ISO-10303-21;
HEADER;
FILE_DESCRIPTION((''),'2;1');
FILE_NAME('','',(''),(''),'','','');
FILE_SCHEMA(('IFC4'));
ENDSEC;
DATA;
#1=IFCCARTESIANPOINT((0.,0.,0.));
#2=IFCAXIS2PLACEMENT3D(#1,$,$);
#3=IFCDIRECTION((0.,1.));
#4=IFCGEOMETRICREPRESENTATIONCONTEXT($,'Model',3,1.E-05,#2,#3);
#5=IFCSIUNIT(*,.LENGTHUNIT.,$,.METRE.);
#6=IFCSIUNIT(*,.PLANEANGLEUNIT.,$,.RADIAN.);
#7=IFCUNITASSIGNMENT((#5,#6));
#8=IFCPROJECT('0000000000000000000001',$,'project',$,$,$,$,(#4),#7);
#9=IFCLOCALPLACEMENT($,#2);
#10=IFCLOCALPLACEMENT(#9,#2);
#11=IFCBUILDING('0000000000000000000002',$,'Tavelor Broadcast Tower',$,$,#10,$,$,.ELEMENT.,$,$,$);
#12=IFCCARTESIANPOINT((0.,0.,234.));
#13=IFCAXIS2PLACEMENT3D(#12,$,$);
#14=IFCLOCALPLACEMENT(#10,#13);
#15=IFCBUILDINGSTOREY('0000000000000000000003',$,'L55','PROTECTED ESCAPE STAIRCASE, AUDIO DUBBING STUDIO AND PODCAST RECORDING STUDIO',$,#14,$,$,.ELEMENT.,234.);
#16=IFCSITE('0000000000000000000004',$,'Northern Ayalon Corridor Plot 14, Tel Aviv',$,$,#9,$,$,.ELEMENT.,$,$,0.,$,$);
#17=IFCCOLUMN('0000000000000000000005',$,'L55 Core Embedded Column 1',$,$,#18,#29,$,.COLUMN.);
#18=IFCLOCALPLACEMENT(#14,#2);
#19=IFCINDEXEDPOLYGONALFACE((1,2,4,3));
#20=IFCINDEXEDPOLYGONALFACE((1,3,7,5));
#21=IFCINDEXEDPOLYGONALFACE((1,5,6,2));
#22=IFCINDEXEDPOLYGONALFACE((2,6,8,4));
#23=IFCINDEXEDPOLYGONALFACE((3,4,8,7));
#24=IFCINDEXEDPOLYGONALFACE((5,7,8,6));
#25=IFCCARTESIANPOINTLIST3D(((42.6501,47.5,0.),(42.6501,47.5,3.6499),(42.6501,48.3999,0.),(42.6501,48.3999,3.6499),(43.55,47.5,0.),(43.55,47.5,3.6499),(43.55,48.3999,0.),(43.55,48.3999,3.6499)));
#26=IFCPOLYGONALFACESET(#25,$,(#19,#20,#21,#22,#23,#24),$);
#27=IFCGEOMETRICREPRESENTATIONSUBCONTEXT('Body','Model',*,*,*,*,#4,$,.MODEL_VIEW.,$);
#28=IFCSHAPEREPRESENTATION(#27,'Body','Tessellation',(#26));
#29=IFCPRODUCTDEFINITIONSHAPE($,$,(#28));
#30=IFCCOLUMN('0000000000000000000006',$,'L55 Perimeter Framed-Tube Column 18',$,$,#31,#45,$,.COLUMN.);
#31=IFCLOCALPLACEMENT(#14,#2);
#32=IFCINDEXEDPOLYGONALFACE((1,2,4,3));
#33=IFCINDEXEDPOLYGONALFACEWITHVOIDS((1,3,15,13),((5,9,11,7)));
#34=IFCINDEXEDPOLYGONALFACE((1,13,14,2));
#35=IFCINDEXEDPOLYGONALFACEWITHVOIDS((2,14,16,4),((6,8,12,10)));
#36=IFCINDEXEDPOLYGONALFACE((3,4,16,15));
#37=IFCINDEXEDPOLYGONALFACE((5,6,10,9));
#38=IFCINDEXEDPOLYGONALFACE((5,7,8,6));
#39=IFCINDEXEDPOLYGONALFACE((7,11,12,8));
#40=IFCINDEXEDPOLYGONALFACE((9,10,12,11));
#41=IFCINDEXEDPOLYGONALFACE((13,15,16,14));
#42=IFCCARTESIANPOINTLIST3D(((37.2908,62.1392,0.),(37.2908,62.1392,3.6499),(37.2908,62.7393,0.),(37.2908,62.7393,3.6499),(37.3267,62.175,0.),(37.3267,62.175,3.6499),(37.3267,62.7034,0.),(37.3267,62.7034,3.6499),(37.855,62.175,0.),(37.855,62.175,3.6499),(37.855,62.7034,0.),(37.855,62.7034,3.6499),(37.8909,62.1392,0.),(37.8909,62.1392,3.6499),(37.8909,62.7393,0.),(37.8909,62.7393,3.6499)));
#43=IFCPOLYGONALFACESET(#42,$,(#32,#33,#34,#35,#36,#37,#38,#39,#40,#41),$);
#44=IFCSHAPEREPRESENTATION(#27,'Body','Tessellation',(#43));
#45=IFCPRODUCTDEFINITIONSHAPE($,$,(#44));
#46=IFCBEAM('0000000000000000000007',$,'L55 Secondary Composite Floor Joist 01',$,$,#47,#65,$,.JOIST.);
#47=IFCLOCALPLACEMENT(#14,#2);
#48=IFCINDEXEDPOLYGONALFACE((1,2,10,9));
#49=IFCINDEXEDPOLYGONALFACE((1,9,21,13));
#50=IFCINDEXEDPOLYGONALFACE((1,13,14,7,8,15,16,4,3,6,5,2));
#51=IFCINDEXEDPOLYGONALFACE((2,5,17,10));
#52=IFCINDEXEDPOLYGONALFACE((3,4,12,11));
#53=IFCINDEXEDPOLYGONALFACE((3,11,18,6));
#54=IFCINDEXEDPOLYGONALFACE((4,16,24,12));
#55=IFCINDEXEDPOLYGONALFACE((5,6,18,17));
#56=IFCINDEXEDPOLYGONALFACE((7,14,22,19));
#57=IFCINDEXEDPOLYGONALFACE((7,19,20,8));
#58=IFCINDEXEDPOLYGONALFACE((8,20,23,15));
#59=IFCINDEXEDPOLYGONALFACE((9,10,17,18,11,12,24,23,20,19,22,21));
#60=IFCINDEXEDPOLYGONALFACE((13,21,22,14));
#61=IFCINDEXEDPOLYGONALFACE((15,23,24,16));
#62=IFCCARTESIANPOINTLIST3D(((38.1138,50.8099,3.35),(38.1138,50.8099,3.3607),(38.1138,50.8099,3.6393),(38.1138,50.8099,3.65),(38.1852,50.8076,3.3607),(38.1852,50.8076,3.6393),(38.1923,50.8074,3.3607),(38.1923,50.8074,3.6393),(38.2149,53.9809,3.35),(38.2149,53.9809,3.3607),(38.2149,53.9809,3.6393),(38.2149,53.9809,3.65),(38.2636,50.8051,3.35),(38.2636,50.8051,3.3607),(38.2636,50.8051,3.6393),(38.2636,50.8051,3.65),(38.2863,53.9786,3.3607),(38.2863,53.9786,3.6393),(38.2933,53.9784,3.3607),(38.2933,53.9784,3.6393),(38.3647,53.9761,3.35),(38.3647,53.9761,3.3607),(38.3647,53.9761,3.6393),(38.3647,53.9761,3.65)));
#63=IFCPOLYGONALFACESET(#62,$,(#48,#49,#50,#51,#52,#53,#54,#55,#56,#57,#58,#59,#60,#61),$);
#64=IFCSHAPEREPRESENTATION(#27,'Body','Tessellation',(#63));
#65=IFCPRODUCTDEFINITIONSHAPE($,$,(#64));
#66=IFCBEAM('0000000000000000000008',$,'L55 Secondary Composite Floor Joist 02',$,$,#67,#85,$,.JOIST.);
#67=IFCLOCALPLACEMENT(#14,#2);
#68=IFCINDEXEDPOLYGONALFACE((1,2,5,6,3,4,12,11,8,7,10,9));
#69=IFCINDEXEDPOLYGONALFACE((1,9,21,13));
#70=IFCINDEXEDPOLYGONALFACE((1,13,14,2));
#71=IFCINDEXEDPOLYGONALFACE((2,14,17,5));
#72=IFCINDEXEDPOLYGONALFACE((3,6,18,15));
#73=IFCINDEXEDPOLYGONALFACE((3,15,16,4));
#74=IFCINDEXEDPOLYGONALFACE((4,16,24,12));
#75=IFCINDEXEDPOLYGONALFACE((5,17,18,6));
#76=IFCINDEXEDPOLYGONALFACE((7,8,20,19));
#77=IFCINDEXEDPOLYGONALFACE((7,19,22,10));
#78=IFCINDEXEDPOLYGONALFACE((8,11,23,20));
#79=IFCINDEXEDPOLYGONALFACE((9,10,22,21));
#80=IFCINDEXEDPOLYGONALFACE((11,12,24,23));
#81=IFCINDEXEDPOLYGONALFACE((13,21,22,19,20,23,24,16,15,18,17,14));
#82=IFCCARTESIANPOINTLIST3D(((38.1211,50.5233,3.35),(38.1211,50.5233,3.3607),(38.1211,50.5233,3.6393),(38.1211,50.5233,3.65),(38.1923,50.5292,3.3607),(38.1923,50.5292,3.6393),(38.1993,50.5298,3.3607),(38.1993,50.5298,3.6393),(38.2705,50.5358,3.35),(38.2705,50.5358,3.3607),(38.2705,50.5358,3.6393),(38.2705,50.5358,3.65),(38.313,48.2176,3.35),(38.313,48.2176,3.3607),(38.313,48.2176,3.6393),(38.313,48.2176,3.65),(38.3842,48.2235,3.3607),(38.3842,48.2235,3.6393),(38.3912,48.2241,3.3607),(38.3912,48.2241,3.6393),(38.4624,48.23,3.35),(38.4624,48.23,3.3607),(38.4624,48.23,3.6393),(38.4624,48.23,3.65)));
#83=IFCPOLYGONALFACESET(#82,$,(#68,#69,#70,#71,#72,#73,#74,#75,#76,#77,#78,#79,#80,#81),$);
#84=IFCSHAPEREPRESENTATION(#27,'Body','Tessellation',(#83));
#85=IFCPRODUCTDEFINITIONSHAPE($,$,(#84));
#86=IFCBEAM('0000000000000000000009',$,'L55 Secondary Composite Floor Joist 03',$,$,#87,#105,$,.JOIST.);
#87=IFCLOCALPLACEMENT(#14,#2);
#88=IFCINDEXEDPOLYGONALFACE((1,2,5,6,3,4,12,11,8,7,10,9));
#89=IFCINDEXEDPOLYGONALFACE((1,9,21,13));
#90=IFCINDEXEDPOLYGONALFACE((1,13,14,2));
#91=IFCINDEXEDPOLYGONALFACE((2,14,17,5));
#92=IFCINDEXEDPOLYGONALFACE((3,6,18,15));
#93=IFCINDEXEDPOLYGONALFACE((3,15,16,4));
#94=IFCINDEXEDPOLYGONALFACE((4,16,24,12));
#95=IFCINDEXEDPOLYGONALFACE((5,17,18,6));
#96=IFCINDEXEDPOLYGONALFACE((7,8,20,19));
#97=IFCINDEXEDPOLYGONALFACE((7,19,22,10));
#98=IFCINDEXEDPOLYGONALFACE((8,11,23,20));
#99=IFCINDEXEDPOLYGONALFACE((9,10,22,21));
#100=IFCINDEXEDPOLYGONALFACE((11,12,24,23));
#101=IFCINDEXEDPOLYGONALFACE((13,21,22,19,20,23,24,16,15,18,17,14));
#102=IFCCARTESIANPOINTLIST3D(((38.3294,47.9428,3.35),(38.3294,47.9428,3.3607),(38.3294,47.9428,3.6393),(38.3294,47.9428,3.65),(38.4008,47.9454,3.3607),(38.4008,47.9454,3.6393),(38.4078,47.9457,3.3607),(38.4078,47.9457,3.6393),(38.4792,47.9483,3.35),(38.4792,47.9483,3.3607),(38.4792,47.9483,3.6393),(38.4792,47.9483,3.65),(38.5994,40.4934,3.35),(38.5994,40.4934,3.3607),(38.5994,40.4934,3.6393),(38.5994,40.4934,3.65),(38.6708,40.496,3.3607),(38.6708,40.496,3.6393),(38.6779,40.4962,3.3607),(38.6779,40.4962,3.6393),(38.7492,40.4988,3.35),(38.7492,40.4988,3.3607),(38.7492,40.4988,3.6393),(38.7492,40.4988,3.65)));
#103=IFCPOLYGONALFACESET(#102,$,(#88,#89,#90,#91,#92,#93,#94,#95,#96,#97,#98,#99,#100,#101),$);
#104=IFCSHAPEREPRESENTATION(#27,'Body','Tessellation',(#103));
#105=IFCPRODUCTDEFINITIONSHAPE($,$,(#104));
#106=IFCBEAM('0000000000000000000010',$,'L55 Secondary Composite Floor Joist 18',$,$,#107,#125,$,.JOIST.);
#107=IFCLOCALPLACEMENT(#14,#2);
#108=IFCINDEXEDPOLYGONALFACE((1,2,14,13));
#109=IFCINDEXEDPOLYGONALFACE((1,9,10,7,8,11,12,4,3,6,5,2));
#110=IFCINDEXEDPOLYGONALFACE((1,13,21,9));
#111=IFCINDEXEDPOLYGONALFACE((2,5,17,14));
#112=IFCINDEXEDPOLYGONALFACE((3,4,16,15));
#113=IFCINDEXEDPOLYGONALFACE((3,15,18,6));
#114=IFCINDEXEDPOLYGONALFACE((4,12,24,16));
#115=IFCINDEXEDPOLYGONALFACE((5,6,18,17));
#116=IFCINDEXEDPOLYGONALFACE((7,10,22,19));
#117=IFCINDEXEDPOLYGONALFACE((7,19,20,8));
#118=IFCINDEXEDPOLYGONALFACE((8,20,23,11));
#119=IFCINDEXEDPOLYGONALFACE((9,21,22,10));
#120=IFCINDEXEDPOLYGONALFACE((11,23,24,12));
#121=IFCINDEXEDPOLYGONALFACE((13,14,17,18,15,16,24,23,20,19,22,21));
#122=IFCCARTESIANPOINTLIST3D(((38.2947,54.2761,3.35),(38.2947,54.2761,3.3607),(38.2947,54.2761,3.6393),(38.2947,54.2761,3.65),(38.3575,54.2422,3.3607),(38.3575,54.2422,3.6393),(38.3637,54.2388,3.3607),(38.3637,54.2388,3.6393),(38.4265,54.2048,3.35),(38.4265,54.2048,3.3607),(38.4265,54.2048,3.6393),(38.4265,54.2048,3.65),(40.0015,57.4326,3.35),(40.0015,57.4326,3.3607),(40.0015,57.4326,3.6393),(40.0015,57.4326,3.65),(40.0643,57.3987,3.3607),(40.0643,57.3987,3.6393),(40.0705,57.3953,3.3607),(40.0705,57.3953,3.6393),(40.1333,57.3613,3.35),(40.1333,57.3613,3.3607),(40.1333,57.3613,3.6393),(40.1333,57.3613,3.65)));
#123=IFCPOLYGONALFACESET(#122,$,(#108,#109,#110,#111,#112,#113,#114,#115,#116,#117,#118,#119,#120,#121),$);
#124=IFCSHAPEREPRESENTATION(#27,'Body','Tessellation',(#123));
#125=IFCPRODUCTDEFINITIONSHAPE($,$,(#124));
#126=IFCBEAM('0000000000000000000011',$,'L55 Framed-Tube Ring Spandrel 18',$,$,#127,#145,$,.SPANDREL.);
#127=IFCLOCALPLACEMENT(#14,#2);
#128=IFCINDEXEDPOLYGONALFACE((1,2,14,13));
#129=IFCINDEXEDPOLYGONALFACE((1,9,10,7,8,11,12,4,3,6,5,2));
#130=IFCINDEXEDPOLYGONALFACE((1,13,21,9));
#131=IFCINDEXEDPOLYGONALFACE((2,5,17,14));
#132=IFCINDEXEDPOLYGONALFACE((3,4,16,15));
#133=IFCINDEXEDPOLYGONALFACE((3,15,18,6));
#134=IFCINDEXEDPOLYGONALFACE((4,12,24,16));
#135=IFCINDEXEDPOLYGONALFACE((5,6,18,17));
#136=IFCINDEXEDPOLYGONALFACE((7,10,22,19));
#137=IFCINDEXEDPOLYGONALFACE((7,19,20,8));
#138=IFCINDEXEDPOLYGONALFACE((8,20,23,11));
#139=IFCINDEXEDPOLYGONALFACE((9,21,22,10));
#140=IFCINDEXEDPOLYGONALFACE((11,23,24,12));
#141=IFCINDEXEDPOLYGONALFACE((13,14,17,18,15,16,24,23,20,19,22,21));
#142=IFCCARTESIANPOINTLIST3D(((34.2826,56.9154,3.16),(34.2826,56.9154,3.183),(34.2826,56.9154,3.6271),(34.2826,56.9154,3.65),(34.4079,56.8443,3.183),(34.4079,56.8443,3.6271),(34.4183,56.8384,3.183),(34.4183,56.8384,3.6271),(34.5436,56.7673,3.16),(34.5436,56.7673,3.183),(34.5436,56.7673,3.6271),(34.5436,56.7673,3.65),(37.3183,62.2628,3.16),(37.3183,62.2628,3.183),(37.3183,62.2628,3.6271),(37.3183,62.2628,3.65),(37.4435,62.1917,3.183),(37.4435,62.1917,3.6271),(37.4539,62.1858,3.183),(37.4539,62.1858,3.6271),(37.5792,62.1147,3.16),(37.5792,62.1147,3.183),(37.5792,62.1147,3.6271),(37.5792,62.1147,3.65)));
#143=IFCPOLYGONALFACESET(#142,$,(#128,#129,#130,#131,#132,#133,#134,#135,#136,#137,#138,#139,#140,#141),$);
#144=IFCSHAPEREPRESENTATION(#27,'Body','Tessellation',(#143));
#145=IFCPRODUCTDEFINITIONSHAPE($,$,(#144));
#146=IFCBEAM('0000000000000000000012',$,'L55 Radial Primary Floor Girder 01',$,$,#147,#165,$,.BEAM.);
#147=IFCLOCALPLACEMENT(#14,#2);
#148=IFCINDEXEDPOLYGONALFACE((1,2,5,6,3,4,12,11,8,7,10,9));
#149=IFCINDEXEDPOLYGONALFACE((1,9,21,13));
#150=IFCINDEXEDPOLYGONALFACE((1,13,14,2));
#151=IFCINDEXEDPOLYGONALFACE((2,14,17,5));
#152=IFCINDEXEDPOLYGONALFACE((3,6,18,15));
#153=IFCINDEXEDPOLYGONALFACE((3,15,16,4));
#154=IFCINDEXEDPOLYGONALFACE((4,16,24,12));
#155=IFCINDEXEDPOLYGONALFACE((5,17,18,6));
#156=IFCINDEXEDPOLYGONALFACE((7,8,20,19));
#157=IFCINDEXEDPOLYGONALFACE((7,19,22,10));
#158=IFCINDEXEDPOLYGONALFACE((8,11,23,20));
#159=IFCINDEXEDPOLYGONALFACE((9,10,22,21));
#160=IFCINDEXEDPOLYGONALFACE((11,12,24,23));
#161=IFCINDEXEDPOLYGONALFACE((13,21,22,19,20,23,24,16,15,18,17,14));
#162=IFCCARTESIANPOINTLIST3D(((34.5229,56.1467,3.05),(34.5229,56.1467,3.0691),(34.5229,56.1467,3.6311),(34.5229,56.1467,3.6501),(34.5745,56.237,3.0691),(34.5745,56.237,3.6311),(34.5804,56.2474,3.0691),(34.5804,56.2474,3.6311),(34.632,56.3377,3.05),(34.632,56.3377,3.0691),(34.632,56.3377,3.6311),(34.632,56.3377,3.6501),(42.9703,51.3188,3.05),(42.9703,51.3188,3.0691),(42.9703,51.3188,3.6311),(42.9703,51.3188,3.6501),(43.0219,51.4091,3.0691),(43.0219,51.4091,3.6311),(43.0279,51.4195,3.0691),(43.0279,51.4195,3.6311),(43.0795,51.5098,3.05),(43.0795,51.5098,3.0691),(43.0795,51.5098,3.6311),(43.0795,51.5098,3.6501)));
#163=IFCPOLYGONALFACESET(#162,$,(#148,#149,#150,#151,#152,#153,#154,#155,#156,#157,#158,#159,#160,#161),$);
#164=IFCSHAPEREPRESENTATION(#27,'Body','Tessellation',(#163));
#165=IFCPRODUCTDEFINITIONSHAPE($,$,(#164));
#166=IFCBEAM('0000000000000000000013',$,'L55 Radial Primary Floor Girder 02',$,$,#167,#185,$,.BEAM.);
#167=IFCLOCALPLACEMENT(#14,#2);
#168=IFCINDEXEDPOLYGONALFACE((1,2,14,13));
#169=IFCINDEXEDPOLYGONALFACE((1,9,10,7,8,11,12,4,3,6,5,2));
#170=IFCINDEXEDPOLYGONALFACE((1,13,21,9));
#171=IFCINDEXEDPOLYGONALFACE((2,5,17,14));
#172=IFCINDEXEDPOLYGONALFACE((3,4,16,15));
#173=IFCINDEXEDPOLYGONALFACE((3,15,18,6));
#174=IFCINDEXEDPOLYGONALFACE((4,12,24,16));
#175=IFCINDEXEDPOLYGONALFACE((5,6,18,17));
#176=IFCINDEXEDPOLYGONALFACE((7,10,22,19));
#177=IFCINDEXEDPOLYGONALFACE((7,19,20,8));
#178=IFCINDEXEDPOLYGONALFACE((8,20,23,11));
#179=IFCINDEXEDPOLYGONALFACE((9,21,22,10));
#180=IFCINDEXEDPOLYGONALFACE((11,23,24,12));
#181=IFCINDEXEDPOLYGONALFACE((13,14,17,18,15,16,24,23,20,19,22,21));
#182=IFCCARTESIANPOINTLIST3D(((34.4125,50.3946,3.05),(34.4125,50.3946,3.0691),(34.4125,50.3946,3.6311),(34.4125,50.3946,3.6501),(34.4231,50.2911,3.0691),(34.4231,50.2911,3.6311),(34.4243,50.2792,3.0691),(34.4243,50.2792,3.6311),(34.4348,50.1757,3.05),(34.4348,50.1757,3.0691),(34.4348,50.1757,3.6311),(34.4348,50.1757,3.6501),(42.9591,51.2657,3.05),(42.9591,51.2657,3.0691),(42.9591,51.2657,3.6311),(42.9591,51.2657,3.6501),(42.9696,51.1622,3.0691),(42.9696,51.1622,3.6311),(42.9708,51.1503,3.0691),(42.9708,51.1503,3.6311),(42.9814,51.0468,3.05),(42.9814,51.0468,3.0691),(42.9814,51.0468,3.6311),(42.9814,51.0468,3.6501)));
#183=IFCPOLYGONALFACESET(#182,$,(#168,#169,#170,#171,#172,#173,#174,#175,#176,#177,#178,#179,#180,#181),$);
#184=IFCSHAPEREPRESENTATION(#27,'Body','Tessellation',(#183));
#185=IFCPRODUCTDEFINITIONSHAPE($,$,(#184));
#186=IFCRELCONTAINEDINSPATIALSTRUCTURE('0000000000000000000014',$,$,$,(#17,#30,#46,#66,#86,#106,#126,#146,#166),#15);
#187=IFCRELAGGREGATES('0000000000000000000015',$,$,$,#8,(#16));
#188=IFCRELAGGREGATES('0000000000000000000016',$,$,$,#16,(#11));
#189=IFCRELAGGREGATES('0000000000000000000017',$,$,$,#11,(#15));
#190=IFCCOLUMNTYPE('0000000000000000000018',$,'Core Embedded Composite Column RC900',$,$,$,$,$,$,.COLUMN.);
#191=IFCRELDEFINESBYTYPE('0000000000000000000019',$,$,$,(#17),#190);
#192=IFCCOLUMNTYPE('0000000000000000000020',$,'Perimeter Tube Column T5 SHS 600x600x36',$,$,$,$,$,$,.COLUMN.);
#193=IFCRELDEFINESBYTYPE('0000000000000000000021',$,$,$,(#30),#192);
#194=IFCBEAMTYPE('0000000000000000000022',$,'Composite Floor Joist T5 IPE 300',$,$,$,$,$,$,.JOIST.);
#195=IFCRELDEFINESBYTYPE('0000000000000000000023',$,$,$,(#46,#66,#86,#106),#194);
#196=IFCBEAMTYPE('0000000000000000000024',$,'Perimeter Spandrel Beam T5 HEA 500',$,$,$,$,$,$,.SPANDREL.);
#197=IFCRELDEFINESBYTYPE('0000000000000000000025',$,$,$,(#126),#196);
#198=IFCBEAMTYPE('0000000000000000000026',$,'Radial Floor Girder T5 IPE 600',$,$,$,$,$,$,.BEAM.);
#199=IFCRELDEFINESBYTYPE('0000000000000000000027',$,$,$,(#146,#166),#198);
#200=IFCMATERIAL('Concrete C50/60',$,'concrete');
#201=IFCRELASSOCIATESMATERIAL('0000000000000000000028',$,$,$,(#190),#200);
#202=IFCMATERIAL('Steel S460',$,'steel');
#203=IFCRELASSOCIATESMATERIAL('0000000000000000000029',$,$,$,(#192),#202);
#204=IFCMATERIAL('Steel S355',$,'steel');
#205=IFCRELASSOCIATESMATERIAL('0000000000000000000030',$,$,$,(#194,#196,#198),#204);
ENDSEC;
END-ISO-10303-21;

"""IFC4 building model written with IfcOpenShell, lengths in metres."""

from ifc_helpers import new_model, si_unit, direction, frame, origin, origin_2d, place, context, subcontext, project, spatial, rectangle, hollow_rectangle, i_section, extrude, material, material_profile, profile_set, type_object, element, save


model = new_model("IFC4")

# Units and contexts
model_context = context("Model", 3, precision=1e-05, world=origin(), true_north=direction((0.0, 1.0)))
body_context = subcontext(model_context, "Body", "Model", "MODEL_VIEW")
ifc_project = project(units=[si_unit("LENGTHUNIT", "METRE"), si_unit("PLANEANGLEUNIT", "RADIAN")], contexts=[model_context])

# Site, building, storey
site_placement = place(None, origin())
site = spatial("IfcSite", under=ifc_project, at=site_placement, Name="Northern Ayalon Corridor Plot 14, Tel Aviv", CompositionType="ELEMENT", RefElevation=0.0)
building_placement = place(site_placement, origin())
building = spatial("IfcBuilding", under=site, at=building_placement, Name="Tavelor Broadcast Tower", CompositionType="ELEMENT")
storey_placement = place(building_placement, frame((0.0, 0.0, 234.0)))
storey = spatial("IfcBuildingStorey", under=building, at=storey_placement, Name="L55", Description="PROTECTED ESCAPE STAIRCASE, AUDIO DUBBING STUDIO AND PODCAST RECORDING STUDIO", CompositionType="ELEMENT", Elevation=234.0)

# Columns
ifc_material_1 = material(Name="Concrete C50/60", Category="concrete")
ifc_material_profile_1 = material_profile(ifc_material_1, rectangle(XDim=0.8999, YDim=0.8999, at=origin_2d()), Name="RC 900x900")
ifc_profile_set_1 = profile_set([ifc_material_profile_1], Name="Concrete C50/60")
column_type_1 = type_object("IfcColumnType", Name="Core Embedded Composite Column RC900", PredefinedType="COLUMN", material=ifc_profile_set_1)
column_1_placement = place(storey_placement, frame((43.1001, 47.95, 0.0), z_axis=(0.0, 0.0, 1.0), x_axis=(1.0, 0.0, 0.0)))
element("IfcColumn", 1, at=column_1_placement, inside=storey, type_object=column_type_1, Name="L55 Core Embedded Column 1", PredefinedType="COLUMN", context=body_context, shape_type="SweptSolid", body=[
    extrude(rectangle(XDim=0.8999, YDim=0.8999, at=origin_2d()), origin(), (0.0, 0.0, 1.0), 3.6499),
])
ifc_material_2 = material(Name="Steel S460", Category="steel")
ifc_material_profile_2 = material_profile(ifc_material_2, hollow_rectangle(XDim=0.6001, YDim=0.6001, WallThickness=0.0359, at=origin_2d()), Name="SHS 600x600x36")
ifc_profile_set_2 = profile_set([ifc_material_profile_2], Name="Steel S460")
column_type_2 = type_object("IfcColumnType", Name="Perimeter Tube Column T5 SHS 600x600x36", PredefinedType="COLUMN", material=ifc_profile_set_2)
column_2_placement = place(storey_placement, frame((37.5908, 62.4392, 0.0), z_axis=(0.0, 0.0, 1.0), x_axis=(1.0, 0.0, 0.0)))
element("IfcColumn", 2, at=column_2_placement, inside=storey, type_object=column_type_2, Name="L55 Perimeter Framed-Tube Column 18", PredefinedType="COLUMN", context=body_context, shape_type="SweptSolid", body=[
    extrude(hollow_rectangle(XDim=0.6001, YDim=0.6001, WallThickness=0.0359, at=origin_2d()), origin(), (0.0, 0.0, 1.0), 3.6499),
])

# Beams
ifc_material_3 = material(Name="Steel S355", Category="steel")
ifc_material_profile_3 = material_profile(ifc_material_3, i_section(OverallWidth=0.1499, OverallDepth=0.3, WebThickness=0.0071, FlangeThickness=0.0107, at=origin_2d()), Name="IPE 300")
ifc_profile_set_3 = profile_set([ifc_material_profile_3], Name="Steel S355")
beam_type_1 = type_object("IfcBeamType", Name="Composite Floor Joist T5 IPE 300", PredefinedType="JOIST", material=ifc_profile_set_3)
beam_1_placement = place(storey_placement, frame((38.2898, 53.9785, 3.5), z_axis=(-0.031859, -0.999492, 0.0), x_axis=(0.999492, -0.031859, 0.0)))
element("IfcBeam", 3, at=beam_1_placement, inside=storey, type_object=beam_type_1, Name="L55 Secondary Composite Floor Joist 01", PredefinedType="JOIST", context=body_context, shape_type="SweptSolid", body=[
    extrude(i_section(OverallWidth=0.1499, OverallDepth=0.3, WebThickness=0.0071, FlangeThickness=0.0107, at=origin_2d()), origin(), (0.0, 0.0, 1.0), 3.1726),
])
beam_2_placement = place(storey_placement, frame((38.1958, 50.5295, 3.5), z_axis=(0.082941, -0.996554, 0.0), x_axis=(0.996554, 0.082941, 0.0)))
element("IfcBeam", 4, at=beam_2_placement, inside=storey, type_object=beam_type_1, Name="L55 Secondary Composite Floor Joist 02", PredefinedType="JOIST", context=body_context, shape_type="SweptSolid", body=[
    extrude(i_section(OverallWidth=0.1499, OverallDepth=0.3, WebThickness=0.0071, FlangeThickness=0.0107, at=origin_2d()), origin(), (0.0, 0.0, 1.0), 2.3137),
])
beam_3_placement = place(storey_placement, frame((38.4043, 47.9456, 3.5), z_axis=(0.036223, -0.999344, 0.0), x_axis=(0.999344, 0.036223, 0.0)))
element("IfcBeam", 5, at=beam_3_placement, inside=storey, type_object=beam_type_1, Name="L55 Secondary Composite Floor Joist 03", PredefinedType="JOIST", context=body_context, shape_type="SweptSolid", body=[
    extrude(i_section(OverallWidth=0.1499, OverallDepth=0.3, WebThickness=0.0071, FlangeThickness=0.0107, at=origin_2d()), origin(), (0.0, 0.0, 1.0), 7.4543),
])
beam_4_placement = place(storey_placement, frame((40.0674, 57.397, 3.5), z_axis=(-0.475641, -0.87964, 0.0), x_axis=(0.87964, -0.475641, 0.0)))
element("IfcBeam", 6, at=beam_4_placement, inside=storey, type_object=beam_type_1, Name="L55 Secondary Composite Floor Joist 18", PredefinedType="JOIST", context=body_context, shape_type="SweptSolid", body=[
    extrude(i_section(OverallWidth=0.1499, OverallDepth=0.3, WebThickness=0.0071, FlangeThickness=0.0107, at=origin_2d()), origin(), (0.0, 0.0, 1.0), 3.5884),
])
ifc_material_profile_4 = material_profile(ifc_material_3, i_section(OverallWidth=0.3, OverallDepth=0.49, WebThickness=0.012, FlangeThickness=0.0229, at=origin_2d()), Name="HEA 500")
ifc_profile_set_4 = profile_set([ifc_material_profile_4], Name="Steel S355")
beam_type_2 = type_object("IfcBeamType", Name="Perimeter Spandrel Beam T5 HEA 500", PredefinedType="SPANDREL", material=ifc_profile_set_4)
beam_5_placement = place(storey_placement, frame((37.4487, 62.1887, 3.405), z_axis=(-0.493683, -0.869642, 0.0), x_axis=(0.869642, -0.493683, 0.0)))
element("IfcBeam", 7, at=beam_5_placement, inside=storey, type_object=beam_type_2, Name="L55 Framed-Tube Ring Spandrel 18", PredefinedType="SPANDREL", context=body_context, shape_type="SweptSolid", body=[
    extrude(i_section(OverallWidth=0.3, OverallDepth=0.49, WebThickness=0.012, FlangeThickness=0.0229, at=origin_2d()), origin(), (0.0, 0.0, 1.0), 6.1489),
])
ifc_material_profile_5 = material_profile(ifc_material_3, i_section(OverallWidth=0.22, OverallDepth=0.6001, WebThickness=0.012, FlangeThickness=0.019, at=origin_2d()), Name="IPE 600")
ifc_profile_set_5 = profile_set([ifc_material_profile_5], Name="Steel S355")
beam_type_3 = type_object("IfcBeamType", Name="Radial Floor Girder T5 IPE 600", PredefinedType="BEAM", material=ifc_profile_set_5)
beam_6_placement = place(storey_placement, frame((43.0249, 51.4143, 3.3501), z_axis=(-0.868211, 0.496196, 0.0), x_axis=(-0.496196, -0.868211, 0.0)))
element("IfcBeam", 8, at=beam_6_placement, inside=storey, type_object=beam_type_3, Name="L55 Radial Primary Floor Girder 01", PredefinedType="BEAM", context=body_context, shape_type="SweptSolid", body=[
    extrude(i_section(OverallWidth=0.22, OverallDepth=0.6001, WebThickness=0.012, FlangeThickness=0.019, at=origin_2d()), origin(), (0.0, 0.0, 1.0), 9.7297),
])
beam_7_placement = place(storey_placement, frame((42.9702, 51.1562, 3.3501), z_axis=(-0.994846, -0.101397, 0.0), x_axis=(0.101397, -0.994846, 0.0)))
element("IfcBeam", 9, at=beam_7_placement, inside=storey, type_object=beam_type_3, Name="L55 Radial Primary Floor Girder 02", PredefinedType="BEAM", context=body_context, shape_type="SweptSolid", body=[
    extrude(i_section(OverallWidth=0.22, OverallDepth=0.6001, WebThickness=0.012, FlangeThickness=0.019, at=origin_2d()), origin(), (0.0, 0.0, 1.0), 8.5908),
])

save(model, "model.ifc")
